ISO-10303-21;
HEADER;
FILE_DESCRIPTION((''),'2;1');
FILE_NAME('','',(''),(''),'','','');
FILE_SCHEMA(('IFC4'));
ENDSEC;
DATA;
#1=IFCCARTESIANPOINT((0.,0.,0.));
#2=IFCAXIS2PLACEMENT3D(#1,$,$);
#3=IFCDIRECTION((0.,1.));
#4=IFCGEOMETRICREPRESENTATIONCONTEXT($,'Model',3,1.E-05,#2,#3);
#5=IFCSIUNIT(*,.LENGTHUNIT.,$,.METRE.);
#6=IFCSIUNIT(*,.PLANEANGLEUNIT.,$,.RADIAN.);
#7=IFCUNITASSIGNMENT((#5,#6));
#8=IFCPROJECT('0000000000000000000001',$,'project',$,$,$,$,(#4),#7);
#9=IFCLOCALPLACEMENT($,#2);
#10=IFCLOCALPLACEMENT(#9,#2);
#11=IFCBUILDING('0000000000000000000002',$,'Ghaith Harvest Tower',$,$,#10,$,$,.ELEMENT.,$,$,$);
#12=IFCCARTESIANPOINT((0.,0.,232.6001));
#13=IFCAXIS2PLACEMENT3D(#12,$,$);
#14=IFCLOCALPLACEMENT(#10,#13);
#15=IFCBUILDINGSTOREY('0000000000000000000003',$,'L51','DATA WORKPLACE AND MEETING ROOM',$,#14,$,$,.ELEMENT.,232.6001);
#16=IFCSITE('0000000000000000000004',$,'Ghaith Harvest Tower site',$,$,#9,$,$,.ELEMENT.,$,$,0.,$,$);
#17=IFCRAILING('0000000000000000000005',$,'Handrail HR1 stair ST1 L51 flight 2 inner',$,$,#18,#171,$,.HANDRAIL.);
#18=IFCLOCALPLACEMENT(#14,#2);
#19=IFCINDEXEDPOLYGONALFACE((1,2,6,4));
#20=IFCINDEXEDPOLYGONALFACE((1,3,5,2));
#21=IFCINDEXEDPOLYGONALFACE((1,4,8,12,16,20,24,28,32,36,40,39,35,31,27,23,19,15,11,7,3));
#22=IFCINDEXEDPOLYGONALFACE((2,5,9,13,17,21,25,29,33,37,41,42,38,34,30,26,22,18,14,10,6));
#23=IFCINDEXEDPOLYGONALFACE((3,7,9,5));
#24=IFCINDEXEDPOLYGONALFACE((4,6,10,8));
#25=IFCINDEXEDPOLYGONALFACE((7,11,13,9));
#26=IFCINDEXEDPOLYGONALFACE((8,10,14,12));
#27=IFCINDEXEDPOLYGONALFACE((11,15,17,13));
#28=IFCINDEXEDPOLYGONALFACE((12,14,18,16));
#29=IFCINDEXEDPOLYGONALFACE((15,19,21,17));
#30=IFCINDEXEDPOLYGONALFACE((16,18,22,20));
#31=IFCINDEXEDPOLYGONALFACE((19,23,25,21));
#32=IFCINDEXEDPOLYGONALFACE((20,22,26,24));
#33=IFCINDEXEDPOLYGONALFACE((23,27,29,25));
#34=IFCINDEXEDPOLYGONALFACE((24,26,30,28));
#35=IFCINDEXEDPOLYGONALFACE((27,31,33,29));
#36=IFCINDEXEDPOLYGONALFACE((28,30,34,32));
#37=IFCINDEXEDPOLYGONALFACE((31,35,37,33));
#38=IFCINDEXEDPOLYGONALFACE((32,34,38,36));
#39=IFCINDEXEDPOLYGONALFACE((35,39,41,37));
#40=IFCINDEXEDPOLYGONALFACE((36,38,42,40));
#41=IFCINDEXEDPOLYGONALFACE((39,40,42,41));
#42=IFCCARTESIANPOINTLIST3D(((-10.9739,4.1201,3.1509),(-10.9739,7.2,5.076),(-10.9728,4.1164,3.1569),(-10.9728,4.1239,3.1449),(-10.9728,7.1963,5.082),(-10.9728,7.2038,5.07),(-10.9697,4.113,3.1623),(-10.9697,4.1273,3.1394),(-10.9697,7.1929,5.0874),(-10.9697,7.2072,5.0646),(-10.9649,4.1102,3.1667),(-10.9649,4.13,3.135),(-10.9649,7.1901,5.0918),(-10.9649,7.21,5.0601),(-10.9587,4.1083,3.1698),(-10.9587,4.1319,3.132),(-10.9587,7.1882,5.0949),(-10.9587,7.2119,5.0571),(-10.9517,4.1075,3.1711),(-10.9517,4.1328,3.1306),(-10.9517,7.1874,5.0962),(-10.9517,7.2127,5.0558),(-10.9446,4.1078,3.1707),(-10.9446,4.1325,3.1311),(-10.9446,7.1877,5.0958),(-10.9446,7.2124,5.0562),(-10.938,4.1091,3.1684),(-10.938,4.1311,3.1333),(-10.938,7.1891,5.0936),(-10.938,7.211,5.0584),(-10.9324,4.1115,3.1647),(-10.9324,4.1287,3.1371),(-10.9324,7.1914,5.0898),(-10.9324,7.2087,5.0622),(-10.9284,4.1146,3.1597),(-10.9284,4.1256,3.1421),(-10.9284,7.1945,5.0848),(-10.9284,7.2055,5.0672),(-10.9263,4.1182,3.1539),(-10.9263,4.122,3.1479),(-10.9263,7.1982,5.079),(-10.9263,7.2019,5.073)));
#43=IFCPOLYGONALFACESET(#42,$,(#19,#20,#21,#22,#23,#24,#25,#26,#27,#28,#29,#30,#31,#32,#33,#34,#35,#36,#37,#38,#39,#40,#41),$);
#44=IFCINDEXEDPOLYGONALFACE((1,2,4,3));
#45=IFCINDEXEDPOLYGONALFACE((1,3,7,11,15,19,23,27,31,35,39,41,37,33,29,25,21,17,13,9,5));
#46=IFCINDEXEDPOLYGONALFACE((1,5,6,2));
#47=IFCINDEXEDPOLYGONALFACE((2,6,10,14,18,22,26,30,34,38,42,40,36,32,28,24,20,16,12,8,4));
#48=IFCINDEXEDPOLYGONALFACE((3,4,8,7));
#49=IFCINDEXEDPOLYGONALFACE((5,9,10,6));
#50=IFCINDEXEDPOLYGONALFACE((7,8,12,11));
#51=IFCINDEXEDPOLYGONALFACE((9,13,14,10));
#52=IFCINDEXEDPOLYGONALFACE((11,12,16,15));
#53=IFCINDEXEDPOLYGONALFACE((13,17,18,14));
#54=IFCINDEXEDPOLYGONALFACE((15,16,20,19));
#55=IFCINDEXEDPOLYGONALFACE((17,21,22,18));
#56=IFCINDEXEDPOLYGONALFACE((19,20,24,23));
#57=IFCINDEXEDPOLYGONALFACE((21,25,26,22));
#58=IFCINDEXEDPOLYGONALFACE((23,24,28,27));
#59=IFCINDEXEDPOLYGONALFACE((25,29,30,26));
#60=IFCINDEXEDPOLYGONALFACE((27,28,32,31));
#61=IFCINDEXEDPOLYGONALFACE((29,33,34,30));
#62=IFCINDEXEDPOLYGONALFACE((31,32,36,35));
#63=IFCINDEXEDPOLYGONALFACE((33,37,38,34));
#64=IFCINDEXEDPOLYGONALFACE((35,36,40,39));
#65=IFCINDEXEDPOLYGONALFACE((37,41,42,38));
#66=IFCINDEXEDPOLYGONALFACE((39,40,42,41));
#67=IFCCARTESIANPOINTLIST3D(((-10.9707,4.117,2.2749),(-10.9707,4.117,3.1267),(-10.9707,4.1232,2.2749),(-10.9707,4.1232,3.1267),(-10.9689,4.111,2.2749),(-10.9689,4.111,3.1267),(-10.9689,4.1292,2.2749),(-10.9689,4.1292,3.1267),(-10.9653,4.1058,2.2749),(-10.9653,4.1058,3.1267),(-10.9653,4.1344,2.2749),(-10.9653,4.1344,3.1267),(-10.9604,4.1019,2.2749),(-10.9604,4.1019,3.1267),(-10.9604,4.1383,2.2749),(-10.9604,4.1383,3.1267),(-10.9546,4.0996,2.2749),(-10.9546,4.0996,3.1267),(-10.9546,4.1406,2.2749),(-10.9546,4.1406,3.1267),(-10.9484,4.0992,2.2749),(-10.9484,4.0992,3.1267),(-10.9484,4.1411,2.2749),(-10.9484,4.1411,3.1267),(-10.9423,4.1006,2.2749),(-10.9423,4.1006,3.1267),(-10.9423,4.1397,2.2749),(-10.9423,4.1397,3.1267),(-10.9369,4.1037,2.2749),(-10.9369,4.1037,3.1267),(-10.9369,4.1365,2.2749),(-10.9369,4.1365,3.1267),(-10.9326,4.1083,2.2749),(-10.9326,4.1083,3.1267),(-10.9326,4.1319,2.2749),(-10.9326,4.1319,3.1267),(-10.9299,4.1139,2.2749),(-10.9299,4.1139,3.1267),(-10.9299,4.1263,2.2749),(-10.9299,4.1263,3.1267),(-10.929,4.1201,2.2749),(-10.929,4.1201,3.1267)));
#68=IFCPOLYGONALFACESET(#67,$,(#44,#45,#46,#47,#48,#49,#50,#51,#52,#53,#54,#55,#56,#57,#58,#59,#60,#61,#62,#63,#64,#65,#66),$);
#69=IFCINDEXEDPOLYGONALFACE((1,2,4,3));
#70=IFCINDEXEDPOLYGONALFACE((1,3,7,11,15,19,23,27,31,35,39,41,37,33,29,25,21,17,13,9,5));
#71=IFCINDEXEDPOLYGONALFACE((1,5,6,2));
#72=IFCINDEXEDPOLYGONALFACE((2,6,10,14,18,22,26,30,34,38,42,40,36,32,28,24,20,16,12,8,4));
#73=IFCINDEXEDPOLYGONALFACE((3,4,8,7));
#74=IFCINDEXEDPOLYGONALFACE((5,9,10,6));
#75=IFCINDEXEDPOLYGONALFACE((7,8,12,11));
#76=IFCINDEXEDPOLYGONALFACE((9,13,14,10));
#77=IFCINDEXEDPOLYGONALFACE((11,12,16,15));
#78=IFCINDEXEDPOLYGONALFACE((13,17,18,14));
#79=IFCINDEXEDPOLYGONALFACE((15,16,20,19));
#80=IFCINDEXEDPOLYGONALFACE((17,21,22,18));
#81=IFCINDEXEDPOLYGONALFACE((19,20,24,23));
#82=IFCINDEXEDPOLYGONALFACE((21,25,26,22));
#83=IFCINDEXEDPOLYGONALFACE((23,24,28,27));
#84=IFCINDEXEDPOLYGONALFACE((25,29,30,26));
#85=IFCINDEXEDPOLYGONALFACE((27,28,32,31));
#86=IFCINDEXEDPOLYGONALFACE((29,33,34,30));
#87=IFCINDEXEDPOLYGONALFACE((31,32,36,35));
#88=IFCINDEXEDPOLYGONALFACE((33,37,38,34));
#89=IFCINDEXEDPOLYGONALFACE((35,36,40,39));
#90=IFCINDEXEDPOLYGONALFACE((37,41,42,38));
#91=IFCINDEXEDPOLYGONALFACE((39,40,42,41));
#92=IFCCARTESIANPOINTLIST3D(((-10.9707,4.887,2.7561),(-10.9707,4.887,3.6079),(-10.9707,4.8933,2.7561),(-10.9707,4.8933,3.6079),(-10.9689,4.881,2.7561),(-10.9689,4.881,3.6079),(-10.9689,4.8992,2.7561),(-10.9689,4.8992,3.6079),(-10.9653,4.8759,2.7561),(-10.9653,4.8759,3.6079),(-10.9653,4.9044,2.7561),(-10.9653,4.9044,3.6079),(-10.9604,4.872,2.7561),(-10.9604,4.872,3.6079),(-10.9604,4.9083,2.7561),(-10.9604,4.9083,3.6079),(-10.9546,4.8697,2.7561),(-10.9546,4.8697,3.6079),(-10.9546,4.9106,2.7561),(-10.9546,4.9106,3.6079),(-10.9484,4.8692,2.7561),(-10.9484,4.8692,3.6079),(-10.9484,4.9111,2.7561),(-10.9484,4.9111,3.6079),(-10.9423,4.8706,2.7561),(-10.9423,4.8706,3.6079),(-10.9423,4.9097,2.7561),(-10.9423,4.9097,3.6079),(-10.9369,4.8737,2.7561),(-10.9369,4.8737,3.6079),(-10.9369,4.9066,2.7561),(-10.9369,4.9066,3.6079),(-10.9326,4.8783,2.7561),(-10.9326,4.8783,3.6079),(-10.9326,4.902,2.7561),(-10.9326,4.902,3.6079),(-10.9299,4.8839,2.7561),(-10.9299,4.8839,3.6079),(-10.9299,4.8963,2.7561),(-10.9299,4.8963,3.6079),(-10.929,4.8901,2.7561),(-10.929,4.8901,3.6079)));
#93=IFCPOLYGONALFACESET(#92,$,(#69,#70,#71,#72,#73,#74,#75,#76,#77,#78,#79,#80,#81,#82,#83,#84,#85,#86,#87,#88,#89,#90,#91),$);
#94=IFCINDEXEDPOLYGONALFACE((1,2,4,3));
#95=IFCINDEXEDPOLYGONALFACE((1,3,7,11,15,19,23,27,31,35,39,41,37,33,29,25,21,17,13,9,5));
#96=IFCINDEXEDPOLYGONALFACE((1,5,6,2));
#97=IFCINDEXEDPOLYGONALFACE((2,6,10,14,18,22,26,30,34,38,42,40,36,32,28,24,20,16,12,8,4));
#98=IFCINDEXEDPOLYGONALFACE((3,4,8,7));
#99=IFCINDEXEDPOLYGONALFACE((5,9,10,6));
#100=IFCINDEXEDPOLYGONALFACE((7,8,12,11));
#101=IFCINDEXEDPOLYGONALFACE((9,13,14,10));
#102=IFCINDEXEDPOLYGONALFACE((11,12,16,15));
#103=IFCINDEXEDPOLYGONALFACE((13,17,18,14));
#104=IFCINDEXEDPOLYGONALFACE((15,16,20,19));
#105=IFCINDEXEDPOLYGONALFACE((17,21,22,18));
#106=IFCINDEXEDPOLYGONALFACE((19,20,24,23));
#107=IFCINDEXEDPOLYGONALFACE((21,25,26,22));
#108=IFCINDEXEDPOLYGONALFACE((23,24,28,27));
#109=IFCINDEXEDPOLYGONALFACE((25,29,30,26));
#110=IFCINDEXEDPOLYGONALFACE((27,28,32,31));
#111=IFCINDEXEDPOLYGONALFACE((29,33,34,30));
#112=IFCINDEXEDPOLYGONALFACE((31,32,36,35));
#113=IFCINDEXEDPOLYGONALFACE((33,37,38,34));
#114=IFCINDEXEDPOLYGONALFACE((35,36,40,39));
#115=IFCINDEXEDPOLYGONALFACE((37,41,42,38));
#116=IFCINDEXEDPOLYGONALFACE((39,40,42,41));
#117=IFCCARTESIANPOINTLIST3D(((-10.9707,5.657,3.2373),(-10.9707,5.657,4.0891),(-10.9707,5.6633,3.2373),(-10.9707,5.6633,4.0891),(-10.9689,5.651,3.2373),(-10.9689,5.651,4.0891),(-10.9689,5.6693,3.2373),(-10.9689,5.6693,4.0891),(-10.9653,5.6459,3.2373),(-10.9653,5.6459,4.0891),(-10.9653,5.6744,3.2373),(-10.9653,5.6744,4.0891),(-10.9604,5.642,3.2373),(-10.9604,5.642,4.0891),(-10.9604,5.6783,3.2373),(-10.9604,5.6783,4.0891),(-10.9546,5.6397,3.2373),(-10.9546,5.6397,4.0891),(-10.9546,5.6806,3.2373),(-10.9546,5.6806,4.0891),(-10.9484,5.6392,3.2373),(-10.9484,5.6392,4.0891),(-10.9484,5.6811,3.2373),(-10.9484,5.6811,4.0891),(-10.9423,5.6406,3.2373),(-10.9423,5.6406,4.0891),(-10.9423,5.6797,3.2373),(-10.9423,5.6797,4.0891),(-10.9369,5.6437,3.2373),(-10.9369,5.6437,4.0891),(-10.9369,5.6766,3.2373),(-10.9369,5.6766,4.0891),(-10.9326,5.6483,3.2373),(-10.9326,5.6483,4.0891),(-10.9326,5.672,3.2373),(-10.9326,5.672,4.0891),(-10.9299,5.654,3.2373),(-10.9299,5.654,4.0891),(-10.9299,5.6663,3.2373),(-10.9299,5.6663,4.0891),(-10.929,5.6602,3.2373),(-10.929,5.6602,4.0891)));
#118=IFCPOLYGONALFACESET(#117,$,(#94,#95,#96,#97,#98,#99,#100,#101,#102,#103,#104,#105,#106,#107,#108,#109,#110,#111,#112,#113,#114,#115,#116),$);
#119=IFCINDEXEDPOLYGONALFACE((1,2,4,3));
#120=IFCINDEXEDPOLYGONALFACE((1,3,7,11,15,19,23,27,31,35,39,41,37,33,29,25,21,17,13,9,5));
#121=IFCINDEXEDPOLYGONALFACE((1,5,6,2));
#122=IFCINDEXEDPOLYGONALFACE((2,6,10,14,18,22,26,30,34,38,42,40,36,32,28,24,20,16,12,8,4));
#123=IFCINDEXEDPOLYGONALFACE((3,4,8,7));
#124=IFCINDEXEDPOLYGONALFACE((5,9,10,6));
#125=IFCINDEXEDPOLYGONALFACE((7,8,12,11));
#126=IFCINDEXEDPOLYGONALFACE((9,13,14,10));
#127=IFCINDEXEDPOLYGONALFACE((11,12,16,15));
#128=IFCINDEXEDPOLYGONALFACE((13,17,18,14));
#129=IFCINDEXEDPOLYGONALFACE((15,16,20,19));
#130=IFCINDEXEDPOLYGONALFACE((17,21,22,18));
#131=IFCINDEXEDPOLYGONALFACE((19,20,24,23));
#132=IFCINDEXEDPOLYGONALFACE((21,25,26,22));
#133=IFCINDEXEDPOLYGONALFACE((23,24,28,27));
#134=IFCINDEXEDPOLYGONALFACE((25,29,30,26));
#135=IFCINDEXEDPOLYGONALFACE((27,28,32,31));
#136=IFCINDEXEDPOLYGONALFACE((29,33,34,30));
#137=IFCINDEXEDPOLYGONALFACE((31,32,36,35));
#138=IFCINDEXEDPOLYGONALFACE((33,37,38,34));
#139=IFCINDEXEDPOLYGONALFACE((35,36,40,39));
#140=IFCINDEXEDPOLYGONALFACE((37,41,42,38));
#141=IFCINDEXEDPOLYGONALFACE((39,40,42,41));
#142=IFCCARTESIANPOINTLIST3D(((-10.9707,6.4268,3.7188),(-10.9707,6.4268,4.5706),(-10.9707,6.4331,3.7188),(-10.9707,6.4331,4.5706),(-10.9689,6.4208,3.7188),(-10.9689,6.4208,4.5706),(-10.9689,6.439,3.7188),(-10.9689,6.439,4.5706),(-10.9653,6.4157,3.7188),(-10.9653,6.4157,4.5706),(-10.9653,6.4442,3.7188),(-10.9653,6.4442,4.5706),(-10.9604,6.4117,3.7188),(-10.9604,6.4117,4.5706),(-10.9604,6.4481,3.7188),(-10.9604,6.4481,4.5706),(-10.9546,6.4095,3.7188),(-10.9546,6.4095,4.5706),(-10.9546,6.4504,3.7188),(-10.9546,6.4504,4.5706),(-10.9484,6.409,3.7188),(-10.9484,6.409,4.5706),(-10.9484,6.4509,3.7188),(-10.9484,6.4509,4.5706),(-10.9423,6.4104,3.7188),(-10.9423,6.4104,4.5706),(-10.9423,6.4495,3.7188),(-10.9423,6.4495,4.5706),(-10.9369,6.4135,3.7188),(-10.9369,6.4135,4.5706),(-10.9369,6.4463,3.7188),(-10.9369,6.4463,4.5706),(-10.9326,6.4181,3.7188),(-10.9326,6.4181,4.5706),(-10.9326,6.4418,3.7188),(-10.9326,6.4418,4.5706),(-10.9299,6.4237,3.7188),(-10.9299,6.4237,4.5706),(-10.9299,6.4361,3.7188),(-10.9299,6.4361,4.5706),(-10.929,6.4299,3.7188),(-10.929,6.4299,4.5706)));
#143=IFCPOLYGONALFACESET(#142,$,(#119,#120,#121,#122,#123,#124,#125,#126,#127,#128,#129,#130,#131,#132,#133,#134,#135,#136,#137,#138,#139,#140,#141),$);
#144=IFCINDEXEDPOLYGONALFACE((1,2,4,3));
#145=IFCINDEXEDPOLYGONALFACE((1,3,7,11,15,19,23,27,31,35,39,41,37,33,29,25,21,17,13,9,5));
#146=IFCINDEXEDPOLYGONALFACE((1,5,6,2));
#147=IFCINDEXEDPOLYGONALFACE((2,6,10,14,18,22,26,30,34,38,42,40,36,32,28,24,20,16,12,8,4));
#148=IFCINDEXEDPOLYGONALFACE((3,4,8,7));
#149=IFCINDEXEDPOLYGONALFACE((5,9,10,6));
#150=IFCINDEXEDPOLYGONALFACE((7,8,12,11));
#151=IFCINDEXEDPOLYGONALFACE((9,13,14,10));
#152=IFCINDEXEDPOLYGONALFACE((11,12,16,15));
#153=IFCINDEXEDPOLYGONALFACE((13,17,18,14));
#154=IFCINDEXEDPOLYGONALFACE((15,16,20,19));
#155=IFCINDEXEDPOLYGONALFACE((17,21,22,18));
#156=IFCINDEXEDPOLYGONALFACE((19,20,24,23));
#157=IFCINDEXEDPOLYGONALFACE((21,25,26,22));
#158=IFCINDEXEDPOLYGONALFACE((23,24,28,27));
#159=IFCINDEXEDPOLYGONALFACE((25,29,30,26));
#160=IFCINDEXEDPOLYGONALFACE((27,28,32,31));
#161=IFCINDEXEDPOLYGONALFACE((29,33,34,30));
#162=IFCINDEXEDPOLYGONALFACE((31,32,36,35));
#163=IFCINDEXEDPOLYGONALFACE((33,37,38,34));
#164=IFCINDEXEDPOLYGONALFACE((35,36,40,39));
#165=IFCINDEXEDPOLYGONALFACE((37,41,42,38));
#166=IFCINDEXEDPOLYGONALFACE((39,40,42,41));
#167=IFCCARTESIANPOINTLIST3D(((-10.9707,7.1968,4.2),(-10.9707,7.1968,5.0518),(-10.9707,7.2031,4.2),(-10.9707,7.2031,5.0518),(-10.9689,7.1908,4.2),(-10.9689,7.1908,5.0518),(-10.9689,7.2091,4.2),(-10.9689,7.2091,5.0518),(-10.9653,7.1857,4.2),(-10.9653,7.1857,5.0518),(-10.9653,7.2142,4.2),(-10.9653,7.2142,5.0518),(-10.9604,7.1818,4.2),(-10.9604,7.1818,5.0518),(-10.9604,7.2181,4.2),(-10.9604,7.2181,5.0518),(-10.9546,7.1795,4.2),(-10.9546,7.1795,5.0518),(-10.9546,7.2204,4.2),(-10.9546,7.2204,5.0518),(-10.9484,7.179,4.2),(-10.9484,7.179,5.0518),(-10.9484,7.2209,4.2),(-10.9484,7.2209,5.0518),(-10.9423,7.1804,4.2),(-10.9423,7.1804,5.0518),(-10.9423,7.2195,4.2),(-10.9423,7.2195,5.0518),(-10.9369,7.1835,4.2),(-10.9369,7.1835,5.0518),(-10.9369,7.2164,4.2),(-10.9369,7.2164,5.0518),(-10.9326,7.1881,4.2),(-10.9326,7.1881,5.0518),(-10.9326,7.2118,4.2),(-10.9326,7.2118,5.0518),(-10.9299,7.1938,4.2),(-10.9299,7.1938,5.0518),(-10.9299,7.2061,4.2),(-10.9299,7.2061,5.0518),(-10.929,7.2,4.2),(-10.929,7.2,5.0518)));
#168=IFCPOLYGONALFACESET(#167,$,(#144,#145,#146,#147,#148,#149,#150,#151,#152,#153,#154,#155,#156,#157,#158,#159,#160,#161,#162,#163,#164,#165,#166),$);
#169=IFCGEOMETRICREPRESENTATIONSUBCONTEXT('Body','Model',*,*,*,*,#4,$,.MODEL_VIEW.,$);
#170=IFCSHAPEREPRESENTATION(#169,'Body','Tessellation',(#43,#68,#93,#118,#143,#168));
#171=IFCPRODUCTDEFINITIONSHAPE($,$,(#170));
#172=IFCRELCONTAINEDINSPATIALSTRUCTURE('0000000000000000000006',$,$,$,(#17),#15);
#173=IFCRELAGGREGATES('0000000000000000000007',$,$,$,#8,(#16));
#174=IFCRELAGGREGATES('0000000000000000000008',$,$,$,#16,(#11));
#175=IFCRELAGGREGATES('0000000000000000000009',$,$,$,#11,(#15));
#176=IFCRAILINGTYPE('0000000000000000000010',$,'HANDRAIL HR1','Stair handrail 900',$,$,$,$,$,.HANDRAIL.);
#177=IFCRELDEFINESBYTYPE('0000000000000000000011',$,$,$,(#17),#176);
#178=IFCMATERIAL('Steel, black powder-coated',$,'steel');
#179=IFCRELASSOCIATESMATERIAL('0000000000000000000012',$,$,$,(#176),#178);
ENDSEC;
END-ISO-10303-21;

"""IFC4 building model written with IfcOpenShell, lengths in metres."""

from ifc_helpers import new_model, si_unit, direction, frame, origin, origin_2d, place, context, subcontext, project, spatial, circle, extrude, material, type_object, element, save


model = new_model("IFC4")

# Units and contexts
model_context = context("Model", 3, precision=1e-05, world=origin(), true_north=direction((0.0, 1.0)))
body_context = subcontext(model_context, "Body", "Model", "MODEL_VIEW")
ifc_project = project(units=[si_unit("LENGTHUNIT", "METRE"), si_unit("PLANEANGLEUNIT", "RADIAN")], contexts=[model_context])

# Site, building, storey
site_placement = place(None, origin())
site = spatial("IfcSite", under=ifc_project, at=site_placement, Name="Ghaith Harvest Tower site", CompositionType="ELEMENT", RefElevation=0.0)
building_placement = place(site_placement, origin())
building = spatial("IfcBuilding", under=site, at=building_placement, Name="Ghaith Harvest Tower", CompositionType="ELEMENT")
storey_placement = place(building_placement, frame((0.0, 0.0, 232.6001)))
storey = spatial("IfcBuildingStorey", under=building, at=storey_placement, Name="L51", Description="DATA WORKPLACE AND MEETING ROOM", CompositionType="ELEMENT", Elevation=232.6001)

# Railing
ifc_material_1 = material(Name="Steel, black powder-coated", Category="steel")
railing_type = type_object("IfcRailingType", Name="HANDRAIL HR1", Description="Stair handrail 900", PredefinedType="HANDRAIL", material=ifc_material_1)
railing_1_placement = place(storey_placement, frame((-10.95, 4.1201, 2.2749)))
element("IfcRailing", 1, at=railing_1_placement, inside=storey, type_object=railing_type, Name="Handrail HR1 stair ST1 L51 flight 2 inner", PredefinedType="HANDRAIL", context=body_context, shape_type="SweptSolid", body=[
    extrude(circle(Radius=0.0239, at=origin_2d()), frame((0.0, 0.0, 0.876), z_axis=(0.0, 0.847979, 0.530029), x_axis=(-1.0, 0.0, 0.0)), (0.0, 0.0, 1.0), 3.6321),
    extrude(circle(Radius=0.021, at=origin_2d()), origin(), (0.0, 0.0, 1.0), 0.8518),
    extrude(circle(Radius=0.021, at=origin_2d()), frame((0.0, 0.77, 0.4812)), (0.0, 0.0, 1.0), 0.8518),
    extrude(circle(Radius=0.021, at=origin_2d()), frame((0.0, 1.54, 0.9624)), (0.0, 0.0, 1.0), 0.8518),
    extrude(circle(Radius=0.021, at=origin_2d()), frame((0.0, 2.3098, 1.4438)), (0.0, 0.0, 1.0), 0.8518),
    extrude(circle(Radius=0.021, at=origin_2d()), frame((0.0, 3.0798, 1.925)), (0.0, 0.0, 1.0), 0.8518),
])

save(model, "model.ifc")
